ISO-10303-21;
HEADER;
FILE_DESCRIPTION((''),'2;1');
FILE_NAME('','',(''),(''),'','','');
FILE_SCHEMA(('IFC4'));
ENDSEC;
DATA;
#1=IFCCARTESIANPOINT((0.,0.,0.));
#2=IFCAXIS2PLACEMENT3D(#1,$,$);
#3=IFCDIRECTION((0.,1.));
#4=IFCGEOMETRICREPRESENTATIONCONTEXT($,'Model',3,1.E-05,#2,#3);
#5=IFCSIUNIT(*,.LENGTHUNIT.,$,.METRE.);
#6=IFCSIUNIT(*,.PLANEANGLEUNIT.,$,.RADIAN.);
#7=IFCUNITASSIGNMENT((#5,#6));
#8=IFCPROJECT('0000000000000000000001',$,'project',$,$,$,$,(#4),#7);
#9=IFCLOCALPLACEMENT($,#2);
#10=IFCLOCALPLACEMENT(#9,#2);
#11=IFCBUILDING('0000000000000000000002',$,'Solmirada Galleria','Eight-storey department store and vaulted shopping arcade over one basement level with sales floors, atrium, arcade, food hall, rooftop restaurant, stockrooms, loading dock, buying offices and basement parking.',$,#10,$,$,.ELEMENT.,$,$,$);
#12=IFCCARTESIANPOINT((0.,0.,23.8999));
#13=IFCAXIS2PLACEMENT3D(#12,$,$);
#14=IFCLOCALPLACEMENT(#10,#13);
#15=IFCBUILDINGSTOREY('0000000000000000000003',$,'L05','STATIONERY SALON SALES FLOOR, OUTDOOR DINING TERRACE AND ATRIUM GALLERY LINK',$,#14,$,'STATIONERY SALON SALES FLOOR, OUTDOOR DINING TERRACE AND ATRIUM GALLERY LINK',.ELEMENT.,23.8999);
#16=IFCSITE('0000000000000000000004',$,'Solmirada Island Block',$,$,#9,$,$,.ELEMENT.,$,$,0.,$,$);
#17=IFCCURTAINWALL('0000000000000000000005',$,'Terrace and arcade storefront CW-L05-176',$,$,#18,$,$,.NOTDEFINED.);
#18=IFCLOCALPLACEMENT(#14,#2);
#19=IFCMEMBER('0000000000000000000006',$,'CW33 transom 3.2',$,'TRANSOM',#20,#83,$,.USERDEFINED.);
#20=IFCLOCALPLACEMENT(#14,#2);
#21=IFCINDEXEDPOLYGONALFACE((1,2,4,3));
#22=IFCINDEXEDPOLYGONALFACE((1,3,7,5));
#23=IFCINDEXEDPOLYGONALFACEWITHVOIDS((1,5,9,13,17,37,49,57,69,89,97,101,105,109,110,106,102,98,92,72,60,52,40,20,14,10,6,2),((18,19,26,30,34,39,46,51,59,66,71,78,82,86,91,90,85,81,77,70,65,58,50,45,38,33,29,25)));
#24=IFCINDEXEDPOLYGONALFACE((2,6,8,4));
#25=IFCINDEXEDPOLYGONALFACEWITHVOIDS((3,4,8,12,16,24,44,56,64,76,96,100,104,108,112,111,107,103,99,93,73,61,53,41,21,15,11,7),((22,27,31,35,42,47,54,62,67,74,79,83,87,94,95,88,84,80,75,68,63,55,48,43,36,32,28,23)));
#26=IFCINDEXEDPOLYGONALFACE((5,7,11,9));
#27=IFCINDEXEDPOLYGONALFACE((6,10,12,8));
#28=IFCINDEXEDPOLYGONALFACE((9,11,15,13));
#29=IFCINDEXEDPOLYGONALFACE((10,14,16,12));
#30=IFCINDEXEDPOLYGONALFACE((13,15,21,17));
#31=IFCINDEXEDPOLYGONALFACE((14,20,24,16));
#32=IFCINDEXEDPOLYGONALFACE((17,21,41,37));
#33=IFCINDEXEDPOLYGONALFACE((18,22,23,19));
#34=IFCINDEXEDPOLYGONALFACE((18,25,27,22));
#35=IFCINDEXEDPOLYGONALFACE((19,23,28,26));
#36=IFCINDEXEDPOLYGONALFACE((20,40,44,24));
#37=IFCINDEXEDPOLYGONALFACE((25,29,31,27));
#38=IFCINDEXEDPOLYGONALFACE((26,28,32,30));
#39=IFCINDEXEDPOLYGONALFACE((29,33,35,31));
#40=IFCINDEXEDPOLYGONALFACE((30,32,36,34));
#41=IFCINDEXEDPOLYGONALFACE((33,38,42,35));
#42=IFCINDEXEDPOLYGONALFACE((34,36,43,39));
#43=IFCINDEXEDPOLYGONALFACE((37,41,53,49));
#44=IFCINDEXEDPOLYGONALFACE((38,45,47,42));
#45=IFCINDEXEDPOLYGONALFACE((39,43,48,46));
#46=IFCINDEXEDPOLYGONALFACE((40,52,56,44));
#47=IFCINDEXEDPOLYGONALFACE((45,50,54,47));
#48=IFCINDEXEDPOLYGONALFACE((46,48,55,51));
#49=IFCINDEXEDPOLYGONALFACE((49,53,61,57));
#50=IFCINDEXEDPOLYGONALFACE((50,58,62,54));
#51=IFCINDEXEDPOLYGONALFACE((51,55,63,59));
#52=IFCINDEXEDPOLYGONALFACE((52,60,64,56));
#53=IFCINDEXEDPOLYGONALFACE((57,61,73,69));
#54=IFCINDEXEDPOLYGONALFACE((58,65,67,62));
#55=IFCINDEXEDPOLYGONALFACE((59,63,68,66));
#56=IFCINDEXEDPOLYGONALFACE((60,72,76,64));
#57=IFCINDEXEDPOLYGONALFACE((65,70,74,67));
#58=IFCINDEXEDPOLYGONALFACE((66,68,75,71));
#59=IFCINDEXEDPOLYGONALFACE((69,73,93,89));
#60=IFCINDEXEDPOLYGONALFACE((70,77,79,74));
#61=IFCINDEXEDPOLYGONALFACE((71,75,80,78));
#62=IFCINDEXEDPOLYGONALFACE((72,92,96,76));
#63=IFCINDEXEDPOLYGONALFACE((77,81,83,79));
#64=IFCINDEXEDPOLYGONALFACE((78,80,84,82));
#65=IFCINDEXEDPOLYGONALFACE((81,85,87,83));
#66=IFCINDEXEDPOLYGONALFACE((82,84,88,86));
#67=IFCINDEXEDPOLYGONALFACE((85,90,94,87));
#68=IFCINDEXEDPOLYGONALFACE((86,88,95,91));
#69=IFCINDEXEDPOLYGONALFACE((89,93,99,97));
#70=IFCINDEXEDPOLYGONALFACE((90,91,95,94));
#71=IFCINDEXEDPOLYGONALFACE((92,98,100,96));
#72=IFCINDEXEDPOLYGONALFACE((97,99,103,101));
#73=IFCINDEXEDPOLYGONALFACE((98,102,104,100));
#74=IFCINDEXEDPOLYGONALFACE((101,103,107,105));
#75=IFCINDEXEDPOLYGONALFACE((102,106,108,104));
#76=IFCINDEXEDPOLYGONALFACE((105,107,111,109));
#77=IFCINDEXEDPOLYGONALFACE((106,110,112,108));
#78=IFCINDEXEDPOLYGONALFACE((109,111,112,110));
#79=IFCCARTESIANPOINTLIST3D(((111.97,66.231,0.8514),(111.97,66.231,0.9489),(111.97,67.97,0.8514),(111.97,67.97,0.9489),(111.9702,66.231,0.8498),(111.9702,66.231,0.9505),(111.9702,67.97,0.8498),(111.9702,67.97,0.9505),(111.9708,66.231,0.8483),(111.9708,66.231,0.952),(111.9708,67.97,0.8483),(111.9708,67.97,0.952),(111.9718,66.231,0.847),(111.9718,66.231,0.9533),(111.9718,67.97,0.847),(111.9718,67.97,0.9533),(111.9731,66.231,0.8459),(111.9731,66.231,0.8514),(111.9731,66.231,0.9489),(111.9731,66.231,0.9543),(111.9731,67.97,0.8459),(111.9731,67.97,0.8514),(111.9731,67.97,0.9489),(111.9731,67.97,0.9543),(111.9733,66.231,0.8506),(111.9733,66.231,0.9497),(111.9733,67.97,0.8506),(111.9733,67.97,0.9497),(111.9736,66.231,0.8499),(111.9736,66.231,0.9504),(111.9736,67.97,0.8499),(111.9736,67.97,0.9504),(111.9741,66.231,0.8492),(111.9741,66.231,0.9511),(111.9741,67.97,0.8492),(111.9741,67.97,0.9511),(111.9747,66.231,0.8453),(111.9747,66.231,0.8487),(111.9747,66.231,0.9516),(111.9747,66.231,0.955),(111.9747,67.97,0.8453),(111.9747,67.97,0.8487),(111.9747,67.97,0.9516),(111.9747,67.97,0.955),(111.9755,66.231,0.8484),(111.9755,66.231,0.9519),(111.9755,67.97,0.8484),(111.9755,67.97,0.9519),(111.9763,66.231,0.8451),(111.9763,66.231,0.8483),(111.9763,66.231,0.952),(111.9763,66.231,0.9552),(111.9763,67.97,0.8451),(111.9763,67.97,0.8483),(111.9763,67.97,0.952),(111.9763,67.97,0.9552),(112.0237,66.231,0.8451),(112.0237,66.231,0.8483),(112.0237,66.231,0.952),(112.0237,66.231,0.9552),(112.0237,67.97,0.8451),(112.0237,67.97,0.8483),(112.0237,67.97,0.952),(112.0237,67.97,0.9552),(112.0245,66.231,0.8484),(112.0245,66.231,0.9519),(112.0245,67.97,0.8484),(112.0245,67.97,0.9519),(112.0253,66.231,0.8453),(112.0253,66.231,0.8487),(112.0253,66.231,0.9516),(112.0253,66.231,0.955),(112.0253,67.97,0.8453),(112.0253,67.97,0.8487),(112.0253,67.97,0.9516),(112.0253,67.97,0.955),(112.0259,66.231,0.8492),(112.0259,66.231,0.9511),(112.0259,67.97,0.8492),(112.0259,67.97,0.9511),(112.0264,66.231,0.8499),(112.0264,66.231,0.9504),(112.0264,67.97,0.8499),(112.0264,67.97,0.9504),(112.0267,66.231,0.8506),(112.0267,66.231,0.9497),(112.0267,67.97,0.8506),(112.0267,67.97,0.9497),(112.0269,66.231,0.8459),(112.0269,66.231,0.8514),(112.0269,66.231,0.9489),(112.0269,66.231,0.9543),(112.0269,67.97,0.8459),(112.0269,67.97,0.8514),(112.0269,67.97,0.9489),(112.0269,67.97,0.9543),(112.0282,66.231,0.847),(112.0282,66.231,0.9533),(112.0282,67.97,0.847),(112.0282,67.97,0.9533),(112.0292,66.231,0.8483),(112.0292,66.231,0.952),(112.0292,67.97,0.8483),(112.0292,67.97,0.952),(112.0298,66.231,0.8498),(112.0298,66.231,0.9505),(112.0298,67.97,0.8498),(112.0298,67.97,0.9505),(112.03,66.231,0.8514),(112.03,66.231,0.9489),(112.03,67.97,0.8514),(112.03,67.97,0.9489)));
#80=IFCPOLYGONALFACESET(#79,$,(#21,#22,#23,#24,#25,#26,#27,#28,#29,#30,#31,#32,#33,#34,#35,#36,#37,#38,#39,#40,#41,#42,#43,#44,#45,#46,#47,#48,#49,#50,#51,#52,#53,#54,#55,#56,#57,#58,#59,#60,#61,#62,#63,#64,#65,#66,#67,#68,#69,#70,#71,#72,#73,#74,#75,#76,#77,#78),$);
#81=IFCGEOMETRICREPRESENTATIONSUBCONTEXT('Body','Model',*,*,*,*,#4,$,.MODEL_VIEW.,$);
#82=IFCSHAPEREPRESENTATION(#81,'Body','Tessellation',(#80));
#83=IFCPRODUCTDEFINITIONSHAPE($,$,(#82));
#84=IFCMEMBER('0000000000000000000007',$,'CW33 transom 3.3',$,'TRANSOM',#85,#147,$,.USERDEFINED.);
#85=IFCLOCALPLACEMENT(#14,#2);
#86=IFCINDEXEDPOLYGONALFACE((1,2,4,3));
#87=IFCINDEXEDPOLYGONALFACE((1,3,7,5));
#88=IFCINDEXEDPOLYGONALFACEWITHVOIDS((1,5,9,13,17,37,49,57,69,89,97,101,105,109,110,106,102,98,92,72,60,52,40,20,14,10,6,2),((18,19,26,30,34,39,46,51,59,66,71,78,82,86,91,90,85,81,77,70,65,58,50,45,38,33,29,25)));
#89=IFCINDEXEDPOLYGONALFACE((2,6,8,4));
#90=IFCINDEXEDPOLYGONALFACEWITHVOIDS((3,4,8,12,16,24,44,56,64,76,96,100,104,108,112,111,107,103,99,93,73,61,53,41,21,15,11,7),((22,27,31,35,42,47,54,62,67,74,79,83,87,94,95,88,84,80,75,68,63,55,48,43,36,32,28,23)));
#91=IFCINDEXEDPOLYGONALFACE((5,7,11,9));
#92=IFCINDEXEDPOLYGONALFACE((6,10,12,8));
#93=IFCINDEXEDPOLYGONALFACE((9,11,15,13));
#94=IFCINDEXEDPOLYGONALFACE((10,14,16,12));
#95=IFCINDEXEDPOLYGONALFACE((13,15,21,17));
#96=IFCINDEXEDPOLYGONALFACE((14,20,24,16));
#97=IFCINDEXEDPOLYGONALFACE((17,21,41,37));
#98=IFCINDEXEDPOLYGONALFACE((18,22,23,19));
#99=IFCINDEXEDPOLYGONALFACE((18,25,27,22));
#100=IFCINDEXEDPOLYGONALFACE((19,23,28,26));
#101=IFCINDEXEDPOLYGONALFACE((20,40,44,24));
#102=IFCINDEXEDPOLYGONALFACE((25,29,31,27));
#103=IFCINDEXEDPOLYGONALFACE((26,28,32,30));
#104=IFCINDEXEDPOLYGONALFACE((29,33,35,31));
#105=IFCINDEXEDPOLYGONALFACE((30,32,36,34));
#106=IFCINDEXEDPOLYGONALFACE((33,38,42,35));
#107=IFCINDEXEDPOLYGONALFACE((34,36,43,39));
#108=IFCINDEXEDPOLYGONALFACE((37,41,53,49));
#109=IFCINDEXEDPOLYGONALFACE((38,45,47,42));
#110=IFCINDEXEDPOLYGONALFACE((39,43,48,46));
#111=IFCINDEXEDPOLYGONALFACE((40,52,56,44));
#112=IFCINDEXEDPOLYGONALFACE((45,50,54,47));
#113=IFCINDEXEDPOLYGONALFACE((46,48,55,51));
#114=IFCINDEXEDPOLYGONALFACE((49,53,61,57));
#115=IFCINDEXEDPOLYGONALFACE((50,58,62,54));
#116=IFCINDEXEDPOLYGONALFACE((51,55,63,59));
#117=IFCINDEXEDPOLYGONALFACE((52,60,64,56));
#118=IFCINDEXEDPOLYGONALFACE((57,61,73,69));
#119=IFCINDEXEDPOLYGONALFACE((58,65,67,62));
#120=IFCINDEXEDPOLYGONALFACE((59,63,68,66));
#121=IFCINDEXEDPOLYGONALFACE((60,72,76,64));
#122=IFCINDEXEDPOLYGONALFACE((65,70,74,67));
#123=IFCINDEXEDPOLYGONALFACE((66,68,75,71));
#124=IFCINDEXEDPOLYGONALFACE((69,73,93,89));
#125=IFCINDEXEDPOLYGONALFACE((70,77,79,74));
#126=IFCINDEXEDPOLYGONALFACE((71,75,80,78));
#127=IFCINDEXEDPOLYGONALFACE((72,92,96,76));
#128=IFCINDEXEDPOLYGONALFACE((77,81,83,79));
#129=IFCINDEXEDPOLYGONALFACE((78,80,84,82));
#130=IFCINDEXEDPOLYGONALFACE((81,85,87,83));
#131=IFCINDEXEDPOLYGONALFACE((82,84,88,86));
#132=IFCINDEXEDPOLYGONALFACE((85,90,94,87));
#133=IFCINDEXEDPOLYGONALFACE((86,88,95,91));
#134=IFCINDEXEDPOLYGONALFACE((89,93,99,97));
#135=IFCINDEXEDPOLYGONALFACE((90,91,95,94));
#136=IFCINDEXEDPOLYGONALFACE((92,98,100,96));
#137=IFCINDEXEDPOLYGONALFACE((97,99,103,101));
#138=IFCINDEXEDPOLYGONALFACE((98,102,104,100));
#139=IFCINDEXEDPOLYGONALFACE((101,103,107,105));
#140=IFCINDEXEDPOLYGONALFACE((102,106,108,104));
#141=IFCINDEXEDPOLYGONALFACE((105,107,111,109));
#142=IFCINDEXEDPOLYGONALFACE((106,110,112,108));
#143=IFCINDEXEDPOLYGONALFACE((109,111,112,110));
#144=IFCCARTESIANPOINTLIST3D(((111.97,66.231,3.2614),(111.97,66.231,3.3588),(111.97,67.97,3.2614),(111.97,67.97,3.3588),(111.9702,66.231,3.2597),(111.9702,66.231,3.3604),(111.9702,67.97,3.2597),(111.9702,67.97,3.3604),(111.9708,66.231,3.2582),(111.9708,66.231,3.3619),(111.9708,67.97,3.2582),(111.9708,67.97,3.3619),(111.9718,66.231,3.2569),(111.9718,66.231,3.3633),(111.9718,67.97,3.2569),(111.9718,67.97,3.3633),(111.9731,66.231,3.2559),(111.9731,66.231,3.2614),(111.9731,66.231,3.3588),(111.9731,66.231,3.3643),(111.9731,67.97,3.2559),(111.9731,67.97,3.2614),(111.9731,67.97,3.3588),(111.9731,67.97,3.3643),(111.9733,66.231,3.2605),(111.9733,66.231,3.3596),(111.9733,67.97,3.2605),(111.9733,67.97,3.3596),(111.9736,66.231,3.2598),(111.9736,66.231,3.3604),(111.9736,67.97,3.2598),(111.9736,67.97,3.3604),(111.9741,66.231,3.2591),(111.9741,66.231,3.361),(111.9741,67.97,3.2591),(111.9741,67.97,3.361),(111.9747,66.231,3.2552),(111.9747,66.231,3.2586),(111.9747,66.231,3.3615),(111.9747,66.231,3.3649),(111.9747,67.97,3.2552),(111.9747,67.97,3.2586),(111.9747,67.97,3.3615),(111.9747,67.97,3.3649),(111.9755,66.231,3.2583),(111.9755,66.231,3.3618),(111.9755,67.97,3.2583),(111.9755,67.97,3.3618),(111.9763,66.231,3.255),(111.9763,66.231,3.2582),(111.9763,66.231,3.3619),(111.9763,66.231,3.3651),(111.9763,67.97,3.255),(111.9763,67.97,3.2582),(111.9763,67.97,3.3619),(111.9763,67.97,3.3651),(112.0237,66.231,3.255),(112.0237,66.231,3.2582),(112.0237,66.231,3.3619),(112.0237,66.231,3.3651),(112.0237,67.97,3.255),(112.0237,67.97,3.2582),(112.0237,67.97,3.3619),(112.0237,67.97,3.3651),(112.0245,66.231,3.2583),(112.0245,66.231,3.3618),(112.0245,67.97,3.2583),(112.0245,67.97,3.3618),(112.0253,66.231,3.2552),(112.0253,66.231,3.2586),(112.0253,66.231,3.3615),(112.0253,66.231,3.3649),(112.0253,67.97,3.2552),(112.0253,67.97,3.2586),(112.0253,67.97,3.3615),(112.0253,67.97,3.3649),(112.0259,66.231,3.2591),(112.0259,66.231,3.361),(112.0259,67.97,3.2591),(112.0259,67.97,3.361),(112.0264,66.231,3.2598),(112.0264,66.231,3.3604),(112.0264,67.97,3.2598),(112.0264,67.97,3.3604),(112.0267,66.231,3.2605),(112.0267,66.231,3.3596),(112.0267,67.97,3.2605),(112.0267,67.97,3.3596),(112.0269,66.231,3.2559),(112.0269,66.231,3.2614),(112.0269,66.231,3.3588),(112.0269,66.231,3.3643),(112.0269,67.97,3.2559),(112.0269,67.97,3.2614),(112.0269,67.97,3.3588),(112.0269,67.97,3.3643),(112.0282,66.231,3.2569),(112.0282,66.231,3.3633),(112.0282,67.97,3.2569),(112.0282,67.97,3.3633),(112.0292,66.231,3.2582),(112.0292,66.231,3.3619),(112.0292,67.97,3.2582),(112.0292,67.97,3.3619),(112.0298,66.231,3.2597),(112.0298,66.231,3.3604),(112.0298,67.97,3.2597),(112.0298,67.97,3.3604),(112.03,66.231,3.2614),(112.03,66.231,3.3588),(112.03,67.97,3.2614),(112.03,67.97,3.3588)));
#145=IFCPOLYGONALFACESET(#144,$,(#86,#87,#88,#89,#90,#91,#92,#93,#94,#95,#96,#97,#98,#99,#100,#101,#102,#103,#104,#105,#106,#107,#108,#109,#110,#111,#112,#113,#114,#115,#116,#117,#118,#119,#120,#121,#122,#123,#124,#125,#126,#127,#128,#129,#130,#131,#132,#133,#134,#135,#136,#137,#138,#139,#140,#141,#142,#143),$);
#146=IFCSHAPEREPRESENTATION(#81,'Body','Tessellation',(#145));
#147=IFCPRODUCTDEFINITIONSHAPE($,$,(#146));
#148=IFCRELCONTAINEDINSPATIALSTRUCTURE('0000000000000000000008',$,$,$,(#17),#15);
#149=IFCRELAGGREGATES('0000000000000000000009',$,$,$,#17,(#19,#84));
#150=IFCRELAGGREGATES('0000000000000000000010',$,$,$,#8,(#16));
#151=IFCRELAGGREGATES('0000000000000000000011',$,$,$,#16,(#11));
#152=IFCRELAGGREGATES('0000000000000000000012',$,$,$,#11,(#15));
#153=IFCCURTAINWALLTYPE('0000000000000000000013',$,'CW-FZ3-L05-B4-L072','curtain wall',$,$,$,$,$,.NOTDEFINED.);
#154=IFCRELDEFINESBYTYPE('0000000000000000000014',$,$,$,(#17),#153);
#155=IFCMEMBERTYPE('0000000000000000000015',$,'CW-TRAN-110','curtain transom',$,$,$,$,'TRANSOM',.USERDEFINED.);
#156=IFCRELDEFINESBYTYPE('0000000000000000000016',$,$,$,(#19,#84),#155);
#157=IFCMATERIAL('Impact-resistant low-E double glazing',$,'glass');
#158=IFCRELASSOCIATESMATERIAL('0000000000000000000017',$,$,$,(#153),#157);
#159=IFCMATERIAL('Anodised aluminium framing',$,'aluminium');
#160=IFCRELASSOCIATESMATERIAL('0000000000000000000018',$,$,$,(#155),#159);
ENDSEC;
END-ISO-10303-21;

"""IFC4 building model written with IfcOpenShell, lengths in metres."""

from ifc_helpers import new_model, si_unit, direction, frame, origin, origin_2d, place, context, subcontext, project, spatial, hollow_rectangle, extrude, material, material_profile, profile_set, type_object, element, aggregate, save


model = new_model("IFC4")

# Units and contexts
model_context = context("Model", 3, precision=1e-05, world=origin(), true_north=direction((0.0, 1.0)))
body_context = subcontext(model_context, "Body", "Model", "MODEL_VIEW")
ifc_project = project(units=[si_unit("LENGTHUNIT", "METRE"), si_unit("PLANEANGLEUNIT", "RADIAN")], contexts=[model_context])

# Site, building, storey
site_placement = place(None, origin())
site = spatial("IfcSite", under=ifc_project, at=site_placement, Name="Solmirada Island Block", CompositionType="ELEMENT", RefElevation=0.0)
building_placement = place(site_placement, origin())
building = spatial("IfcBuilding", under=site, at=building_placement, Name="Solmirada Galleria", Description="Eight-storey department store and vaulted shopping arcade over one basement level with sales floors, atrium, arcade, food hall, rooftop restaurant, stockrooms, loading dock, buying offices and basement parking.", CompositionType="ELEMENT")
storey_placement = place(building_placement, frame((0.0, 0.0, 23.8999)))
storey = spatial("IfcBuildingStorey", under=building, at=storey_placement, Name="L05", Description="STATIONERY SALON SALES FLOOR, OUTDOOR DINING TERRACE AND ATRIUM GALLERY LINK", LongName="STATIONERY SALON SALES FLOOR, OUTDOOR DINING TERRACE AND ATRIUM GALLERY LINK", CompositionType="ELEMENT", Elevation=23.8999)

# Curtain wall
ifc_material_1 = material(Name="Impact-resistant low-E double glazing", Category="glass")
curtain_wall_type = type_object("IfcCurtainWallType", Name="CW-FZ3-L05-B4-L072", Description="curtain wall", PredefinedType="NOTDEFINED", material=ifc_material_1)
curtain_wall_1_placement = place(storey_placement, origin())
curtain_wall_1 = element("IfcCurtainWall", 1, at=curtain_wall_1_placement, inside=storey, type_object=curtain_wall_type, Name="Terrace and arcade storefront CW-L05-176", PredefinedType="NOTDEFINED")
ifc_material_2 = material(Name="Anodised aluminium framing", Category="aluminium")

# Members
ifc_material_profile_1 = material_profile(ifc_material_2, hollow_rectangle(XDim=0.0601, YDim=0.1101, WallThickness=0.0032, InnerFilletRadius=0.0032, OuterFilletRadius=0.0063, at=origin_2d()), Name="ALU-TRAN-110X60")
ifc_profile_set_1 = profile_set([ifc_material_profile_1], Name="Anodised aluminium framing")
member_type_1 = type_object("IfcMemberType", Name="CW-TRAN-110", Description="curtain transom", ElementType="TRANSOM", PredefinedType="USERDEFINED", material=ifc_profile_set_1)
member_1_placement = place(storey_placement, frame((112.0, 67.97, 0.9001), z_axis=(0.0, -1.0, 0.0), x_axis=(1.0, 0.0, 0.0)))
member_1 = element("IfcMember", 2, at=member_1_placement, type_object=member_type_1, Name="CW33 transom 3.2", ObjectType="TRANSOM", PredefinedType="USERDEFINED", context=body_context, shape_type="SweptSolid", body=[
    extrude(hollow_rectangle(XDim=0.0601, YDim=0.1101, WallThickness=0.0032, InnerFilletRadius=0.0032, OuterFilletRadius=0.0063, at=origin_2d()), origin(), (0.0, 0.0, 1.0), 1.739),
])
member_2_placement = place(storey_placement, frame((112.0, 67.97, 3.3101), z_axis=(0.0, -1.0, 0.0), x_axis=(1.0, 0.0, 0.0)))
member_2 = element("IfcMember", 3, at=member_2_placement, type_object=member_type_1, Name="CW33 transom 3.3", ObjectType="TRANSOM", PredefinedType="USERDEFINED", context=body_context, shape_type="SweptSolid", body=[
    extrude(hollow_rectangle(XDim=0.0601, YDim=0.1101, WallThickness=0.0032, InnerFilletRadius=0.0032, OuterFilletRadius=0.0063, at=origin_2d()), origin(), (0.0, 0.0, 1.0), 1.739),
])

aggregate(curtain_wall_1, [member_1, member_2])

save(model, "model.ifc")
